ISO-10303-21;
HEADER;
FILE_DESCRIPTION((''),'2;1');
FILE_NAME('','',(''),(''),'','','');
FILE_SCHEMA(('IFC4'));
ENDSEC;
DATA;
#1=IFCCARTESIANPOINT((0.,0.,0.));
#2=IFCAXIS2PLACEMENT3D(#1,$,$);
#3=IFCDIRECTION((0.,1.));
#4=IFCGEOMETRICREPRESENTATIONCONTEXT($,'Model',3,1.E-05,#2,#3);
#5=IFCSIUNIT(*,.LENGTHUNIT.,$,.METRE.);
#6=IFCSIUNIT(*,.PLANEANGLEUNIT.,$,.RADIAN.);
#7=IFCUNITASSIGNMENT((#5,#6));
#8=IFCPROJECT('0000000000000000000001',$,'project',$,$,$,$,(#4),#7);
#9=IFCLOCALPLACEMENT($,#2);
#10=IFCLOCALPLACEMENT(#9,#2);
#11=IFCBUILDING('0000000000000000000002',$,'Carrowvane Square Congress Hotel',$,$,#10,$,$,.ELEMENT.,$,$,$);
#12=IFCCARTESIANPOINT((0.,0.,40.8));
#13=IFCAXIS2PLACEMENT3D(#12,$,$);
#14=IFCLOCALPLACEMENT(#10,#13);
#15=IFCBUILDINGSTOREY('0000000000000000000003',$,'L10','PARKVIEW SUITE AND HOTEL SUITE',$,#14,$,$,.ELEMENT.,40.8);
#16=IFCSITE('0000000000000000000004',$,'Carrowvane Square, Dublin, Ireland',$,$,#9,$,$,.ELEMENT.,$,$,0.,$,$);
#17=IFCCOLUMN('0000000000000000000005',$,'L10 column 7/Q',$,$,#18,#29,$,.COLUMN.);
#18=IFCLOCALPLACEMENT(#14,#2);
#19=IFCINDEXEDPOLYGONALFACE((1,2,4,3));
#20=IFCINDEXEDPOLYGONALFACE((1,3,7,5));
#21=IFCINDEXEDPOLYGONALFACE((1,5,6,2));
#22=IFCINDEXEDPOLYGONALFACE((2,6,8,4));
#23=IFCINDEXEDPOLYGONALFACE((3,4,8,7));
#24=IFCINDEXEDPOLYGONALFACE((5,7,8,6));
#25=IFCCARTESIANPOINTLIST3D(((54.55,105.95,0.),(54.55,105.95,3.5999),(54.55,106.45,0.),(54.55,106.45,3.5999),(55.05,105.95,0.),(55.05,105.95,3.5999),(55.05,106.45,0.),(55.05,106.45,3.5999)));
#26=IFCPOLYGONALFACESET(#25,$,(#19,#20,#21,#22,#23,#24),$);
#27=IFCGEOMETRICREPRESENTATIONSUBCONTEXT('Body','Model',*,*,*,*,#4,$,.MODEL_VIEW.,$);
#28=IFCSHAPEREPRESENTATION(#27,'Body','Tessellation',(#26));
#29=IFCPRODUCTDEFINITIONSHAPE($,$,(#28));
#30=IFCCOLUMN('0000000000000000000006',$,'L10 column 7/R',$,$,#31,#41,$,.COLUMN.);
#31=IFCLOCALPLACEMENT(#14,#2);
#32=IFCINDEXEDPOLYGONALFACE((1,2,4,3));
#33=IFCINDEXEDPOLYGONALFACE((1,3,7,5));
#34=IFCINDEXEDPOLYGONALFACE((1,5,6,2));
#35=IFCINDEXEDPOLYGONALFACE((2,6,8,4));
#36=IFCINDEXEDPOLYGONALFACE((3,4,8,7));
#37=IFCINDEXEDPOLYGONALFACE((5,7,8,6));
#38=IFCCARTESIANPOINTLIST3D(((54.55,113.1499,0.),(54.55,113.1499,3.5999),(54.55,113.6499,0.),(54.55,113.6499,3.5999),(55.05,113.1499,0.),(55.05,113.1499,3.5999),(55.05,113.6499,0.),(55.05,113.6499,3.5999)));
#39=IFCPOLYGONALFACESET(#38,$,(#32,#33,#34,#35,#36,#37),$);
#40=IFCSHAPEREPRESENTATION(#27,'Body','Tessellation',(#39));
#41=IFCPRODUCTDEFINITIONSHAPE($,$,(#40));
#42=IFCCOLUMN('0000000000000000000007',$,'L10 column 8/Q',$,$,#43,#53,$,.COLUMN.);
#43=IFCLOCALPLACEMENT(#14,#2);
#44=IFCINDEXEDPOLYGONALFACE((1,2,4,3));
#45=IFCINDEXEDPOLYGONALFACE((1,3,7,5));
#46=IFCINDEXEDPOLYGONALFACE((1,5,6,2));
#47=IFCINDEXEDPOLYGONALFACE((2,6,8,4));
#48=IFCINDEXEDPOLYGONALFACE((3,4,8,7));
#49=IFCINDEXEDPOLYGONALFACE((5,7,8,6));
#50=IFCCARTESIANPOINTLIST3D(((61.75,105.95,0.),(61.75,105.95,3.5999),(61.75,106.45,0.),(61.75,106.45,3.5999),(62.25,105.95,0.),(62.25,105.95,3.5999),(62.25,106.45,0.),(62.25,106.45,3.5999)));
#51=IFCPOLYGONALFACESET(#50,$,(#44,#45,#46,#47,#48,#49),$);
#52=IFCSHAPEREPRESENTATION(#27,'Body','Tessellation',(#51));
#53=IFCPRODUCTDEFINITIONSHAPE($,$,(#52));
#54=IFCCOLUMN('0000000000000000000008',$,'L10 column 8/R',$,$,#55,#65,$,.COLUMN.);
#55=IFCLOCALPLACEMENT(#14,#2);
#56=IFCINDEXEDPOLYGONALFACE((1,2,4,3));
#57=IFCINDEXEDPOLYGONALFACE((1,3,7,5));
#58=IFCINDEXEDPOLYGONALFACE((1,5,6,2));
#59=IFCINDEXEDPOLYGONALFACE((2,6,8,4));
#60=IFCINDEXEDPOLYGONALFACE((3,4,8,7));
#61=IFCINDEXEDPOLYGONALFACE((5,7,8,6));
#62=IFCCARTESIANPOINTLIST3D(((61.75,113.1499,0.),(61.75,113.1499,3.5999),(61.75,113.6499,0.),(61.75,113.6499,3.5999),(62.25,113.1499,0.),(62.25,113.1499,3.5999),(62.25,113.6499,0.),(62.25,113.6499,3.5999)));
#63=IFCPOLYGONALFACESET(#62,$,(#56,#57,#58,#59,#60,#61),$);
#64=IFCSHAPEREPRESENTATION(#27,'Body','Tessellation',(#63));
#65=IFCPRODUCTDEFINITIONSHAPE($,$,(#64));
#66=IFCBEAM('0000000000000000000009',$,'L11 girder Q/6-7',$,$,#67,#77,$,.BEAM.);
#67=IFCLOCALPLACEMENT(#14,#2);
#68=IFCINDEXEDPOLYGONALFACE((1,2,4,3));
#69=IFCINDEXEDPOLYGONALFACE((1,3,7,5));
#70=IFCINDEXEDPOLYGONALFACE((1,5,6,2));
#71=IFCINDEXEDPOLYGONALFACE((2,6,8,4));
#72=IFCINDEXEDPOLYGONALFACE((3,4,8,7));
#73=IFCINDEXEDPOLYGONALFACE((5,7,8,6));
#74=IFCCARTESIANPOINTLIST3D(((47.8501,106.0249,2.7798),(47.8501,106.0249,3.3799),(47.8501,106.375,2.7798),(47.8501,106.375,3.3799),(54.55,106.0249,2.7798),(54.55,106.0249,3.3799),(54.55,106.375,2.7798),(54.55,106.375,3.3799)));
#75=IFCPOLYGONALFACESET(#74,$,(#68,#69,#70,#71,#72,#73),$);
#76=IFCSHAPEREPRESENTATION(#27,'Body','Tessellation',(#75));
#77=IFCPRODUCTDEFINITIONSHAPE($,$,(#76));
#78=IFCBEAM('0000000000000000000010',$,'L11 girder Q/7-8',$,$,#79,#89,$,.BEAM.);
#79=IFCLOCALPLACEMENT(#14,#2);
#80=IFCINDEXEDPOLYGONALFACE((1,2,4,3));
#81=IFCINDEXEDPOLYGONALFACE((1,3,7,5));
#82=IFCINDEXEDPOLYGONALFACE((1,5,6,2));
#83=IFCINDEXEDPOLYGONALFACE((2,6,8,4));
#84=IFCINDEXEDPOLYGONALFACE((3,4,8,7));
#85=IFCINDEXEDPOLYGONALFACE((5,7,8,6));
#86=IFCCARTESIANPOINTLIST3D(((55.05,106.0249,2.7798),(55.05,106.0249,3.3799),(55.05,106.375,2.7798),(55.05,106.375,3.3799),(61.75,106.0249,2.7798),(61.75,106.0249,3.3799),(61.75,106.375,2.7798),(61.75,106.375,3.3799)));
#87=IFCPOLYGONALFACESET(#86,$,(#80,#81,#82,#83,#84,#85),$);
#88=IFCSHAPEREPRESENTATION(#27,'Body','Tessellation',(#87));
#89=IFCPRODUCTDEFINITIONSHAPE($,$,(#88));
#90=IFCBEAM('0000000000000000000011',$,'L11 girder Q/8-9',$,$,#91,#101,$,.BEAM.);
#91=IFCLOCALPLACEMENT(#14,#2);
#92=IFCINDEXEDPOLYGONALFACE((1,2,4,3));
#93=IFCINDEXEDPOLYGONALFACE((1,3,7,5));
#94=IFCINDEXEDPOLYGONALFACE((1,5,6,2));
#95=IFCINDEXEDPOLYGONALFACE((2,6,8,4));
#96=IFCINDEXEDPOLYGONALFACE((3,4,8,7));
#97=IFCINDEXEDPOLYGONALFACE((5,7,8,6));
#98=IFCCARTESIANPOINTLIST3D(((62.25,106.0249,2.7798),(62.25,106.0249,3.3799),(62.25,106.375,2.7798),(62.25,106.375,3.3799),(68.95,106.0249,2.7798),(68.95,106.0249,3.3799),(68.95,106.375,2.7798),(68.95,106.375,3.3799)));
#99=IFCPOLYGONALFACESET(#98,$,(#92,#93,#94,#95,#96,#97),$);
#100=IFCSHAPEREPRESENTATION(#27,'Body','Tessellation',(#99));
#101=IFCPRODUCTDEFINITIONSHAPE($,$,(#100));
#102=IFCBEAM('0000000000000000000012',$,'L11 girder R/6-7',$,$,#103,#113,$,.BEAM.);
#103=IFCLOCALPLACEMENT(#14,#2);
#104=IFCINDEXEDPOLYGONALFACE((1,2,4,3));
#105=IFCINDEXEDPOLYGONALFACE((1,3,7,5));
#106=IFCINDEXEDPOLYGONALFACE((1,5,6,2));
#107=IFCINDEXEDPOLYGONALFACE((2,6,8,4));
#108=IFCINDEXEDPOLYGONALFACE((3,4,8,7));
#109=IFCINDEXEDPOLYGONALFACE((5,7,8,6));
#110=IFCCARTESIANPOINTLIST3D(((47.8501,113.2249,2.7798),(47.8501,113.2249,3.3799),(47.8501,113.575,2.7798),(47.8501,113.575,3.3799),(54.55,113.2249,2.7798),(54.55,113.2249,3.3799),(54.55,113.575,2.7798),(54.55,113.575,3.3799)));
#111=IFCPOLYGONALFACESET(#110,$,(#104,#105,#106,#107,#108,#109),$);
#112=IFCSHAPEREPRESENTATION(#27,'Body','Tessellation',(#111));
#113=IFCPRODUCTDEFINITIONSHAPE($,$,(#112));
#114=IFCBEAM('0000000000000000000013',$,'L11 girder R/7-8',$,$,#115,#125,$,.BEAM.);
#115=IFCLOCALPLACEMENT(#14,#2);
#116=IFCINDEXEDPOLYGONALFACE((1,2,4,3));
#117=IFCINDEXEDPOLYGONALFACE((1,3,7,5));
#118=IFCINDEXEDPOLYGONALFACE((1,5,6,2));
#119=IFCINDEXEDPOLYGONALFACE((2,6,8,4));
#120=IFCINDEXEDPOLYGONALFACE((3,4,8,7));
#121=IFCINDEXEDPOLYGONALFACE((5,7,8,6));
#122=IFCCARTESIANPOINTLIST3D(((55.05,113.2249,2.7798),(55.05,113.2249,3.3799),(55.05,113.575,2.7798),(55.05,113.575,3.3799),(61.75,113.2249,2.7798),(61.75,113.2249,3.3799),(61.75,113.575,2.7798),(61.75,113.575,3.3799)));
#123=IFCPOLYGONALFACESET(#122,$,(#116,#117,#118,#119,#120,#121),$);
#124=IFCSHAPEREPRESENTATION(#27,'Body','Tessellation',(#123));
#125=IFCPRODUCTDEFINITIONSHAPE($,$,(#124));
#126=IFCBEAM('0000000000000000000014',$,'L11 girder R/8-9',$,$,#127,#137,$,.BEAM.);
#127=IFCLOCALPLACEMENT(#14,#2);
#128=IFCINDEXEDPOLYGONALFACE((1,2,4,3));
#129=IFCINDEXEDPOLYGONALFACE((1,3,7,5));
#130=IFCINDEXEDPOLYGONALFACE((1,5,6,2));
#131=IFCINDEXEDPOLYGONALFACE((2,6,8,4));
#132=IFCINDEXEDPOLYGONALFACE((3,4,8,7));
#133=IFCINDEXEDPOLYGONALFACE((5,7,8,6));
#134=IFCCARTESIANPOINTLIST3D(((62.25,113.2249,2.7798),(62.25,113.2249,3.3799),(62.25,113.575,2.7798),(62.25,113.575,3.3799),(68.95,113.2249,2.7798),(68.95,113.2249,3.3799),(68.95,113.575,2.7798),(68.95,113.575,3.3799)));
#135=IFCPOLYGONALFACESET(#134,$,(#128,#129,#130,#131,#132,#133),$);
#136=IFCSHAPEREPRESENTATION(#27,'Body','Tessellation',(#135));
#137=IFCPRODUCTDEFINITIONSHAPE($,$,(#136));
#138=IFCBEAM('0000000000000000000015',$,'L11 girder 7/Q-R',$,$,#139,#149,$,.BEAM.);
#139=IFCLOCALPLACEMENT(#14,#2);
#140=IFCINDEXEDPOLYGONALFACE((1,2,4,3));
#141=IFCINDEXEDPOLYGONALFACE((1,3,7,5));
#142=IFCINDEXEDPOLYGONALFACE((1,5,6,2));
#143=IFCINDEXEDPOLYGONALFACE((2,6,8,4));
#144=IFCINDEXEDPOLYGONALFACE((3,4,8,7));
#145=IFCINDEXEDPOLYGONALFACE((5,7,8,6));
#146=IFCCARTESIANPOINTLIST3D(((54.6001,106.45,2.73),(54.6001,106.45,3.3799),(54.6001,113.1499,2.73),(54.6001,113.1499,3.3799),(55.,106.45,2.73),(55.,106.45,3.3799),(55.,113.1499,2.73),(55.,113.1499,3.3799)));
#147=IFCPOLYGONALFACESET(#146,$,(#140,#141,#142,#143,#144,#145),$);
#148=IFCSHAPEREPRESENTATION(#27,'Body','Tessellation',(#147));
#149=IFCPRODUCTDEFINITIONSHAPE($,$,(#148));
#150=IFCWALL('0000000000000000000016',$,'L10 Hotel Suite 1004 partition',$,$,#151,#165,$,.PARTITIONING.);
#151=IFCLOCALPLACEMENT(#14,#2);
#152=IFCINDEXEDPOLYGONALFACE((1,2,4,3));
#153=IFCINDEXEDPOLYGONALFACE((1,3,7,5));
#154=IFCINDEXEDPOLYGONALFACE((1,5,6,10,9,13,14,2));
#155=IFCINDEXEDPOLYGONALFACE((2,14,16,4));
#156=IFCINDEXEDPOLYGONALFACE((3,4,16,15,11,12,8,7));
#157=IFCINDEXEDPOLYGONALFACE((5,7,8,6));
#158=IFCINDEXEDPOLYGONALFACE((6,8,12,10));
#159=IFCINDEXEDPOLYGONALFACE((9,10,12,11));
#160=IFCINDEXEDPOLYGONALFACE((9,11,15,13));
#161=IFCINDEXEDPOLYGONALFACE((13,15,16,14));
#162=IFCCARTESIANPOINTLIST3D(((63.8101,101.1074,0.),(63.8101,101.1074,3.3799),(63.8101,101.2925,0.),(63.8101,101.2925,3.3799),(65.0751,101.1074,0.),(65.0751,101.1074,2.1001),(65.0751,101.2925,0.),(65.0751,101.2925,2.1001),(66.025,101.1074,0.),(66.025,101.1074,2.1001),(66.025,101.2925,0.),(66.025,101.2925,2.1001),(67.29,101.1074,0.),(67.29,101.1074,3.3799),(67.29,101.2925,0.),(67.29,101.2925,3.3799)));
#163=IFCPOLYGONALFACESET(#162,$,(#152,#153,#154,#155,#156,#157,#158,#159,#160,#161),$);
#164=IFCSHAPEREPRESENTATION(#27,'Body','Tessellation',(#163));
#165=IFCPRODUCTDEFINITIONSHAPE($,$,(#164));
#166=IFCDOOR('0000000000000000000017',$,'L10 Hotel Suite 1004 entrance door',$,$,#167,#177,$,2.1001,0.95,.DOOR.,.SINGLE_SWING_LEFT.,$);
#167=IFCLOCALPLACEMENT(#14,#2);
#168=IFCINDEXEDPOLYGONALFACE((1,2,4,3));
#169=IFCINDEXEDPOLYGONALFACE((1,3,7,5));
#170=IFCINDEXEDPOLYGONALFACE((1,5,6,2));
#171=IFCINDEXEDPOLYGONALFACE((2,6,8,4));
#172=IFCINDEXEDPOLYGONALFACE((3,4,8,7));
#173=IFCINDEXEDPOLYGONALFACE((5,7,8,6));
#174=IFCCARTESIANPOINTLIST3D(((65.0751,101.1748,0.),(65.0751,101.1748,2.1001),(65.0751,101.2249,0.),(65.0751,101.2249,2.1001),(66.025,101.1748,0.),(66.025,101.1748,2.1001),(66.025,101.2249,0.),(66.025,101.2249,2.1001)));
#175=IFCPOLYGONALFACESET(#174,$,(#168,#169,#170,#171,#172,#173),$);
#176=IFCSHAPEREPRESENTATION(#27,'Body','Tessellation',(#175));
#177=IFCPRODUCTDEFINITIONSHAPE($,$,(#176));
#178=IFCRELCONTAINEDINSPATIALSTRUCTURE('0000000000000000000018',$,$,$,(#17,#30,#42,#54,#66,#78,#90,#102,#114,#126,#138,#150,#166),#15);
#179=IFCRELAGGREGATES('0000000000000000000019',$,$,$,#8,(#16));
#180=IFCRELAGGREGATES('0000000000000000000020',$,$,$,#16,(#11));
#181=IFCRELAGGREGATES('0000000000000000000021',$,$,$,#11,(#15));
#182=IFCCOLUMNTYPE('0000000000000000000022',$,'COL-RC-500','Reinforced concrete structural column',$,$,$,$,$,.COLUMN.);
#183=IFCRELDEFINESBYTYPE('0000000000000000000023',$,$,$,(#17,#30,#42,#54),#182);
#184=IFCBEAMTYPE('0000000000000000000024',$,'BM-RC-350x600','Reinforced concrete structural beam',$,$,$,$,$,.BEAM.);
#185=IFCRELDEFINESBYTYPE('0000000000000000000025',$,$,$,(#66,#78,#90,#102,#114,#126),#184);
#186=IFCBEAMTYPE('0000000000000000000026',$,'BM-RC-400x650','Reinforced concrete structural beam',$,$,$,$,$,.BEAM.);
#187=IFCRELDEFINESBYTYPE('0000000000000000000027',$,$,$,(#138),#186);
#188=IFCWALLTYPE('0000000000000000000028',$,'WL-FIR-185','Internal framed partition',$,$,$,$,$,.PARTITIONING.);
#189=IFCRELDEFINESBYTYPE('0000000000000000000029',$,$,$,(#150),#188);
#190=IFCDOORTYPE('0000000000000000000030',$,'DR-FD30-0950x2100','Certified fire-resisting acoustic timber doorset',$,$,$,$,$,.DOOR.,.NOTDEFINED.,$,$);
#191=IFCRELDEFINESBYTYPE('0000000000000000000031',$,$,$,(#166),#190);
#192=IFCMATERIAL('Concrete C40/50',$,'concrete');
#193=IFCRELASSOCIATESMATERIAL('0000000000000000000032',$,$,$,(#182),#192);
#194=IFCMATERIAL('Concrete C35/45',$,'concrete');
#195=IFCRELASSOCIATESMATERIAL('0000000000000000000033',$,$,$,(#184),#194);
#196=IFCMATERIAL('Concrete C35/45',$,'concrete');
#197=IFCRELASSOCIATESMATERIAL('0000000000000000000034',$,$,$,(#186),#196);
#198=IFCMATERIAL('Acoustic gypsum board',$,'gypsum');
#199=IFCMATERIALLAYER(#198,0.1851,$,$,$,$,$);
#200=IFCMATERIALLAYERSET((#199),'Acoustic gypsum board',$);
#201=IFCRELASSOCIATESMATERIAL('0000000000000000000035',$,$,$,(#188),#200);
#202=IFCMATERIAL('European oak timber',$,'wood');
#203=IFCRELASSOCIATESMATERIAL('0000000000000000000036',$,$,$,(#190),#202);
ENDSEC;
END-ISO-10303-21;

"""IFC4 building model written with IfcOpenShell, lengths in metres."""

from ifc_helpers import new_model, si_unit, direction, frame, frame_2d, origin, origin_2d, place, context, subcontext, project, spatial, rectangle, extrude, material, layer, layer_set, material_profile, profile_set, type_object, element, fill, save


model = new_model("IFC4")

# Units and contexts
model_context = context("Model", 3, precision=1e-05, world=origin(), true_north=direction((0.0, 1.0)))
body_context = subcontext(model_context, "Body", "Model", "MODEL_VIEW")
ifc_project = project(units=[si_unit("LENGTHUNIT", "METRE"), si_unit("PLANEANGLEUNIT", "RADIAN")], contexts=[model_context])

# Site, building, storey
site_placement = place(None, origin())
site = spatial("IfcSite", under=ifc_project, at=site_placement, Name="Carrowvane Square, Dublin, Ireland", CompositionType="ELEMENT", RefElevation=0.0)
building_placement = place(site_placement, origin())
building = spatial("IfcBuilding", under=site, at=building_placement, Name="Carrowvane Square Congress Hotel", CompositionType="ELEMENT")
storey_placement = place(building_placement, frame((0.0, 0.0, 40.8)))
storey = spatial("IfcBuildingStorey", under=building, at=storey_placement, Name="L10", Description="PARKVIEW SUITE AND HOTEL SUITE", CompositionType="ELEMENT", Elevation=40.8)

# Columns
ifc_material_1 = material(Name="Concrete C40/50", Category="concrete")
ifc_material_profile_1 = material_profile(ifc_material_1, rectangle(XDim=0.5, YDim=0.5, at=origin_2d()), Name="RC 500x500")
ifc_profile_set_1 = profile_set([ifc_material_profile_1], Name="Concrete C40/50")
column_type = type_object("IfcColumnType", Name="COL-RC-500", Description="Reinforced concrete structural column", PredefinedType="COLUMN", material=ifc_profile_set_1)
for number, where, z_axis, x_axis, name in (
    (1, (54.8, 106.2, 0.0), (0.0, 0.0, 1.0), (1.0, 0.0, 0.0), "L10 column 7/Q"),
    (2, (54.8, 113.3999, 0.0), (0.0, 0.0, 1.0), (1.0, 0.0, 0.0), "L10 column 7/R"),
    (3, (62.0, 106.2, 0.0), (0.0, 0.0, 1.0), (1.0, 0.0, 0.0), "L10 column 8/Q"),
    (4, (62.0, 113.3999, 0.0), (0.0, 0.0, 1.0), (1.0, 0.0, 0.0), "L10 column 8/R"),
):
    element("IfcColumn", number, at=place(storey_placement, frame(where, z_axis=z_axis, x_axis=x_axis)), inside=storey, type_object=column_type, Name=name, PredefinedType="COLUMN", context=body_context, shape_type="SweptSolid", body=[
        extrude(rectangle(XDim=0.5, YDim=0.5, at=origin_2d()), origin(), (0.0, 0.0, 1.0), 3.5999),
    ])

# Beams
ifc_material_2 = material(Name="Concrete C35/45", Category="concrete")
ifc_material_profile_2 = material_profile(ifc_material_2, rectangle(XDim=0.3501, YDim=0.6001, at=origin_2d()), Name="RC 350x600")
ifc_profile_set_2 = profile_set([ifc_material_profile_2], Name="Concrete C35/45")
beam_type_1 = type_object("IfcBeamType", Name="BM-RC-350x600", Description="Reinforced concrete structural beam", PredefinedType="BEAM", material=ifc_profile_set_2)
for number, where, z_axis, x_axis, name in (
    (5, (47.8501, 106.2, 3.0798), (1.0, 0.0, 0.0), (0.0, 1.0, 0.0), "L11 girder Q/6-7"),
    (6, (55.05, 106.2, 3.0798), (1.0, 0.0, 0.0), (0.0, 1.0, 0.0), "L11 girder Q/7-8"),
    (7, (62.25, 106.2, 3.0798), (1.0, 0.0, 0.0), (0.0, 1.0, 0.0), "L11 girder Q/8-9"),
    (8, (47.8501, 113.3999, 3.0798), (1.0, 0.0, 0.0), (0.0, 1.0, 0.0), "L11 girder R/6-7"),
    (9, (55.05, 113.3999, 3.0798), (1.0, 0.0, 0.0), (0.0, 1.0, 0.0), "L11 girder R/7-8"),
    (10, (62.25, 113.3999, 3.0798), (1.0, 0.0, 0.0), (0.0, 1.0, 0.0), "L11 girder R/8-9"),
):
    element("IfcBeam", number, at=place(storey_placement, frame(where, z_axis=z_axis, x_axis=x_axis)), inside=storey, type_object=beam_type_1, Name=name, PredefinedType="BEAM", context=body_context, shape_type="SweptSolid", body=[
        extrude(rectangle(XDim=0.3501, YDim=0.6001, at=origin_2d()), origin(), (0.0, 0.0, 1.0), 6.7),
    ])
ifc_material_3 = material(Name="Concrete C35/45", Category="concrete")
ifc_material_profile_3 = material_profile(ifc_material_3, rectangle(XDim=0.3999, YDim=0.6499, at=origin_2d()), Name="RC 400x650")
ifc_profile_set_3 = profile_set([ifc_material_profile_3], Name="Concrete C35/45")
beam_type_2 = type_object("IfcBeamType", Name="BM-RC-400x650", Description="Reinforced concrete structural beam", PredefinedType="BEAM", material=ifc_profile_set_3)
beam_placement = place(storey_placement, frame((54.8, 106.45, 3.0549), z_axis=(0.0, 1.0, 0.0), x_axis=(-1.0, 0.0, 0.0)))
element("IfcBeam", 11, at=beam_placement, inside=storey, type_object=beam_type_2, Name="L11 girder 7/Q-R", PredefinedType="BEAM", context=body_context, shape_type="SweptSolid", body=[
    extrude(rectangle(XDim=0.3999, YDim=0.6499, at=origin_2d()), origin(), (0.0, 0.0, 1.0), 6.7),
])

# Wall, opening, door
ifc_material_4 = material(Name="Acoustic gypsum board", Category="gypsum")
ifc_layer_1 = layer(ifc_material_4, 0.1851)
ifc_layer_set_1 = layer_set([ifc_layer_1], Name="Acoustic gypsum board")
wall_type_1 = type_object("IfcWallType", Name="WL-FIR-185", Description="Internal framed partition", PredefinedType="PARTITIONING", material=ifc_layer_set_1)
wall_1_placement = place(storey_placement, frame((63.8101, 101.2, 0.0), z_axis=(0.0, 0.0, 1.0), x_axis=(1.0, 0.0, 0.0)))
wall_1 = element("IfcWall", 12, at=wall_1_placement, inside=storey, type_object=wall_type_1, Name="L10 Hotel Suite 1004 partition", PredefinedType="PARTITIONING", context=body_context, shape_type="SweptSolid", body=[
    extrude(rectangle(XDim=3.48, YDim=0.1851, at=frame_2d((1.74, 0.0))), origin(), (0.0, 0.0, 1.0), 3.3799),
])
opening_1_placement = place(wall_1_placement, frame((1.2649, 0.0, 0.0)))
opening_1 = element("IfcOpeningElement", 13, at=opening_1_placement, cuts=wall_1, PredefinedType="OPENING", context=body_context, shape_type="SweptSolid", body=[
    extrude(rectangle(XDim=0.95, YDim=2.1001, at=frame_2d((0.4751, 1.05))), frame((0.0, 0.1025, 0.0), z_axis=(0.0, -1.0, 0.0), x_axis=(1.0, 0.0, 0.0)), (0.0, 0.0, 1.0), 0.2051),
])
ifc_material_5 = material(Name="European oak timber", Category="wood")
door_type_1 = type_object("IfcDoorType", Name="DR-FD30-0950x2100", Description="Certified fire-resisting acoustic timber doorset", OperationType="NOTDEFINED", PredefinedType="DOOR", material=ifc_material_5)
door_1_placement = place(opening_1_placement, origin())
door_1 = element("IfcDoor", 14, at=door_1_placement, inside=storey, type_object=door_type_1, Name="L10 Hotel Suite 1004 entrance door", OperationType="SINGLE_SWING_LEFT", OverallHeight=2.1001, OverallWidth=0.95, PredefinedType="DOOR", context=body_context, shape_type="SweptSolid", body=[
    extrude(rectangle(XDim=0.95, YDim=2.1001, at=frame_2d((0.4751, 1.05))), frame((0.0, 0.0249, 0.0), z_axis=(0.0, -1.0, 0.0), x_axis=(1.0, 0.0, 0.0)), (0.0, 0.0, 1.0), 0.05),
])
fill(opening_1, door_1)

save(model, "model.ifc")
